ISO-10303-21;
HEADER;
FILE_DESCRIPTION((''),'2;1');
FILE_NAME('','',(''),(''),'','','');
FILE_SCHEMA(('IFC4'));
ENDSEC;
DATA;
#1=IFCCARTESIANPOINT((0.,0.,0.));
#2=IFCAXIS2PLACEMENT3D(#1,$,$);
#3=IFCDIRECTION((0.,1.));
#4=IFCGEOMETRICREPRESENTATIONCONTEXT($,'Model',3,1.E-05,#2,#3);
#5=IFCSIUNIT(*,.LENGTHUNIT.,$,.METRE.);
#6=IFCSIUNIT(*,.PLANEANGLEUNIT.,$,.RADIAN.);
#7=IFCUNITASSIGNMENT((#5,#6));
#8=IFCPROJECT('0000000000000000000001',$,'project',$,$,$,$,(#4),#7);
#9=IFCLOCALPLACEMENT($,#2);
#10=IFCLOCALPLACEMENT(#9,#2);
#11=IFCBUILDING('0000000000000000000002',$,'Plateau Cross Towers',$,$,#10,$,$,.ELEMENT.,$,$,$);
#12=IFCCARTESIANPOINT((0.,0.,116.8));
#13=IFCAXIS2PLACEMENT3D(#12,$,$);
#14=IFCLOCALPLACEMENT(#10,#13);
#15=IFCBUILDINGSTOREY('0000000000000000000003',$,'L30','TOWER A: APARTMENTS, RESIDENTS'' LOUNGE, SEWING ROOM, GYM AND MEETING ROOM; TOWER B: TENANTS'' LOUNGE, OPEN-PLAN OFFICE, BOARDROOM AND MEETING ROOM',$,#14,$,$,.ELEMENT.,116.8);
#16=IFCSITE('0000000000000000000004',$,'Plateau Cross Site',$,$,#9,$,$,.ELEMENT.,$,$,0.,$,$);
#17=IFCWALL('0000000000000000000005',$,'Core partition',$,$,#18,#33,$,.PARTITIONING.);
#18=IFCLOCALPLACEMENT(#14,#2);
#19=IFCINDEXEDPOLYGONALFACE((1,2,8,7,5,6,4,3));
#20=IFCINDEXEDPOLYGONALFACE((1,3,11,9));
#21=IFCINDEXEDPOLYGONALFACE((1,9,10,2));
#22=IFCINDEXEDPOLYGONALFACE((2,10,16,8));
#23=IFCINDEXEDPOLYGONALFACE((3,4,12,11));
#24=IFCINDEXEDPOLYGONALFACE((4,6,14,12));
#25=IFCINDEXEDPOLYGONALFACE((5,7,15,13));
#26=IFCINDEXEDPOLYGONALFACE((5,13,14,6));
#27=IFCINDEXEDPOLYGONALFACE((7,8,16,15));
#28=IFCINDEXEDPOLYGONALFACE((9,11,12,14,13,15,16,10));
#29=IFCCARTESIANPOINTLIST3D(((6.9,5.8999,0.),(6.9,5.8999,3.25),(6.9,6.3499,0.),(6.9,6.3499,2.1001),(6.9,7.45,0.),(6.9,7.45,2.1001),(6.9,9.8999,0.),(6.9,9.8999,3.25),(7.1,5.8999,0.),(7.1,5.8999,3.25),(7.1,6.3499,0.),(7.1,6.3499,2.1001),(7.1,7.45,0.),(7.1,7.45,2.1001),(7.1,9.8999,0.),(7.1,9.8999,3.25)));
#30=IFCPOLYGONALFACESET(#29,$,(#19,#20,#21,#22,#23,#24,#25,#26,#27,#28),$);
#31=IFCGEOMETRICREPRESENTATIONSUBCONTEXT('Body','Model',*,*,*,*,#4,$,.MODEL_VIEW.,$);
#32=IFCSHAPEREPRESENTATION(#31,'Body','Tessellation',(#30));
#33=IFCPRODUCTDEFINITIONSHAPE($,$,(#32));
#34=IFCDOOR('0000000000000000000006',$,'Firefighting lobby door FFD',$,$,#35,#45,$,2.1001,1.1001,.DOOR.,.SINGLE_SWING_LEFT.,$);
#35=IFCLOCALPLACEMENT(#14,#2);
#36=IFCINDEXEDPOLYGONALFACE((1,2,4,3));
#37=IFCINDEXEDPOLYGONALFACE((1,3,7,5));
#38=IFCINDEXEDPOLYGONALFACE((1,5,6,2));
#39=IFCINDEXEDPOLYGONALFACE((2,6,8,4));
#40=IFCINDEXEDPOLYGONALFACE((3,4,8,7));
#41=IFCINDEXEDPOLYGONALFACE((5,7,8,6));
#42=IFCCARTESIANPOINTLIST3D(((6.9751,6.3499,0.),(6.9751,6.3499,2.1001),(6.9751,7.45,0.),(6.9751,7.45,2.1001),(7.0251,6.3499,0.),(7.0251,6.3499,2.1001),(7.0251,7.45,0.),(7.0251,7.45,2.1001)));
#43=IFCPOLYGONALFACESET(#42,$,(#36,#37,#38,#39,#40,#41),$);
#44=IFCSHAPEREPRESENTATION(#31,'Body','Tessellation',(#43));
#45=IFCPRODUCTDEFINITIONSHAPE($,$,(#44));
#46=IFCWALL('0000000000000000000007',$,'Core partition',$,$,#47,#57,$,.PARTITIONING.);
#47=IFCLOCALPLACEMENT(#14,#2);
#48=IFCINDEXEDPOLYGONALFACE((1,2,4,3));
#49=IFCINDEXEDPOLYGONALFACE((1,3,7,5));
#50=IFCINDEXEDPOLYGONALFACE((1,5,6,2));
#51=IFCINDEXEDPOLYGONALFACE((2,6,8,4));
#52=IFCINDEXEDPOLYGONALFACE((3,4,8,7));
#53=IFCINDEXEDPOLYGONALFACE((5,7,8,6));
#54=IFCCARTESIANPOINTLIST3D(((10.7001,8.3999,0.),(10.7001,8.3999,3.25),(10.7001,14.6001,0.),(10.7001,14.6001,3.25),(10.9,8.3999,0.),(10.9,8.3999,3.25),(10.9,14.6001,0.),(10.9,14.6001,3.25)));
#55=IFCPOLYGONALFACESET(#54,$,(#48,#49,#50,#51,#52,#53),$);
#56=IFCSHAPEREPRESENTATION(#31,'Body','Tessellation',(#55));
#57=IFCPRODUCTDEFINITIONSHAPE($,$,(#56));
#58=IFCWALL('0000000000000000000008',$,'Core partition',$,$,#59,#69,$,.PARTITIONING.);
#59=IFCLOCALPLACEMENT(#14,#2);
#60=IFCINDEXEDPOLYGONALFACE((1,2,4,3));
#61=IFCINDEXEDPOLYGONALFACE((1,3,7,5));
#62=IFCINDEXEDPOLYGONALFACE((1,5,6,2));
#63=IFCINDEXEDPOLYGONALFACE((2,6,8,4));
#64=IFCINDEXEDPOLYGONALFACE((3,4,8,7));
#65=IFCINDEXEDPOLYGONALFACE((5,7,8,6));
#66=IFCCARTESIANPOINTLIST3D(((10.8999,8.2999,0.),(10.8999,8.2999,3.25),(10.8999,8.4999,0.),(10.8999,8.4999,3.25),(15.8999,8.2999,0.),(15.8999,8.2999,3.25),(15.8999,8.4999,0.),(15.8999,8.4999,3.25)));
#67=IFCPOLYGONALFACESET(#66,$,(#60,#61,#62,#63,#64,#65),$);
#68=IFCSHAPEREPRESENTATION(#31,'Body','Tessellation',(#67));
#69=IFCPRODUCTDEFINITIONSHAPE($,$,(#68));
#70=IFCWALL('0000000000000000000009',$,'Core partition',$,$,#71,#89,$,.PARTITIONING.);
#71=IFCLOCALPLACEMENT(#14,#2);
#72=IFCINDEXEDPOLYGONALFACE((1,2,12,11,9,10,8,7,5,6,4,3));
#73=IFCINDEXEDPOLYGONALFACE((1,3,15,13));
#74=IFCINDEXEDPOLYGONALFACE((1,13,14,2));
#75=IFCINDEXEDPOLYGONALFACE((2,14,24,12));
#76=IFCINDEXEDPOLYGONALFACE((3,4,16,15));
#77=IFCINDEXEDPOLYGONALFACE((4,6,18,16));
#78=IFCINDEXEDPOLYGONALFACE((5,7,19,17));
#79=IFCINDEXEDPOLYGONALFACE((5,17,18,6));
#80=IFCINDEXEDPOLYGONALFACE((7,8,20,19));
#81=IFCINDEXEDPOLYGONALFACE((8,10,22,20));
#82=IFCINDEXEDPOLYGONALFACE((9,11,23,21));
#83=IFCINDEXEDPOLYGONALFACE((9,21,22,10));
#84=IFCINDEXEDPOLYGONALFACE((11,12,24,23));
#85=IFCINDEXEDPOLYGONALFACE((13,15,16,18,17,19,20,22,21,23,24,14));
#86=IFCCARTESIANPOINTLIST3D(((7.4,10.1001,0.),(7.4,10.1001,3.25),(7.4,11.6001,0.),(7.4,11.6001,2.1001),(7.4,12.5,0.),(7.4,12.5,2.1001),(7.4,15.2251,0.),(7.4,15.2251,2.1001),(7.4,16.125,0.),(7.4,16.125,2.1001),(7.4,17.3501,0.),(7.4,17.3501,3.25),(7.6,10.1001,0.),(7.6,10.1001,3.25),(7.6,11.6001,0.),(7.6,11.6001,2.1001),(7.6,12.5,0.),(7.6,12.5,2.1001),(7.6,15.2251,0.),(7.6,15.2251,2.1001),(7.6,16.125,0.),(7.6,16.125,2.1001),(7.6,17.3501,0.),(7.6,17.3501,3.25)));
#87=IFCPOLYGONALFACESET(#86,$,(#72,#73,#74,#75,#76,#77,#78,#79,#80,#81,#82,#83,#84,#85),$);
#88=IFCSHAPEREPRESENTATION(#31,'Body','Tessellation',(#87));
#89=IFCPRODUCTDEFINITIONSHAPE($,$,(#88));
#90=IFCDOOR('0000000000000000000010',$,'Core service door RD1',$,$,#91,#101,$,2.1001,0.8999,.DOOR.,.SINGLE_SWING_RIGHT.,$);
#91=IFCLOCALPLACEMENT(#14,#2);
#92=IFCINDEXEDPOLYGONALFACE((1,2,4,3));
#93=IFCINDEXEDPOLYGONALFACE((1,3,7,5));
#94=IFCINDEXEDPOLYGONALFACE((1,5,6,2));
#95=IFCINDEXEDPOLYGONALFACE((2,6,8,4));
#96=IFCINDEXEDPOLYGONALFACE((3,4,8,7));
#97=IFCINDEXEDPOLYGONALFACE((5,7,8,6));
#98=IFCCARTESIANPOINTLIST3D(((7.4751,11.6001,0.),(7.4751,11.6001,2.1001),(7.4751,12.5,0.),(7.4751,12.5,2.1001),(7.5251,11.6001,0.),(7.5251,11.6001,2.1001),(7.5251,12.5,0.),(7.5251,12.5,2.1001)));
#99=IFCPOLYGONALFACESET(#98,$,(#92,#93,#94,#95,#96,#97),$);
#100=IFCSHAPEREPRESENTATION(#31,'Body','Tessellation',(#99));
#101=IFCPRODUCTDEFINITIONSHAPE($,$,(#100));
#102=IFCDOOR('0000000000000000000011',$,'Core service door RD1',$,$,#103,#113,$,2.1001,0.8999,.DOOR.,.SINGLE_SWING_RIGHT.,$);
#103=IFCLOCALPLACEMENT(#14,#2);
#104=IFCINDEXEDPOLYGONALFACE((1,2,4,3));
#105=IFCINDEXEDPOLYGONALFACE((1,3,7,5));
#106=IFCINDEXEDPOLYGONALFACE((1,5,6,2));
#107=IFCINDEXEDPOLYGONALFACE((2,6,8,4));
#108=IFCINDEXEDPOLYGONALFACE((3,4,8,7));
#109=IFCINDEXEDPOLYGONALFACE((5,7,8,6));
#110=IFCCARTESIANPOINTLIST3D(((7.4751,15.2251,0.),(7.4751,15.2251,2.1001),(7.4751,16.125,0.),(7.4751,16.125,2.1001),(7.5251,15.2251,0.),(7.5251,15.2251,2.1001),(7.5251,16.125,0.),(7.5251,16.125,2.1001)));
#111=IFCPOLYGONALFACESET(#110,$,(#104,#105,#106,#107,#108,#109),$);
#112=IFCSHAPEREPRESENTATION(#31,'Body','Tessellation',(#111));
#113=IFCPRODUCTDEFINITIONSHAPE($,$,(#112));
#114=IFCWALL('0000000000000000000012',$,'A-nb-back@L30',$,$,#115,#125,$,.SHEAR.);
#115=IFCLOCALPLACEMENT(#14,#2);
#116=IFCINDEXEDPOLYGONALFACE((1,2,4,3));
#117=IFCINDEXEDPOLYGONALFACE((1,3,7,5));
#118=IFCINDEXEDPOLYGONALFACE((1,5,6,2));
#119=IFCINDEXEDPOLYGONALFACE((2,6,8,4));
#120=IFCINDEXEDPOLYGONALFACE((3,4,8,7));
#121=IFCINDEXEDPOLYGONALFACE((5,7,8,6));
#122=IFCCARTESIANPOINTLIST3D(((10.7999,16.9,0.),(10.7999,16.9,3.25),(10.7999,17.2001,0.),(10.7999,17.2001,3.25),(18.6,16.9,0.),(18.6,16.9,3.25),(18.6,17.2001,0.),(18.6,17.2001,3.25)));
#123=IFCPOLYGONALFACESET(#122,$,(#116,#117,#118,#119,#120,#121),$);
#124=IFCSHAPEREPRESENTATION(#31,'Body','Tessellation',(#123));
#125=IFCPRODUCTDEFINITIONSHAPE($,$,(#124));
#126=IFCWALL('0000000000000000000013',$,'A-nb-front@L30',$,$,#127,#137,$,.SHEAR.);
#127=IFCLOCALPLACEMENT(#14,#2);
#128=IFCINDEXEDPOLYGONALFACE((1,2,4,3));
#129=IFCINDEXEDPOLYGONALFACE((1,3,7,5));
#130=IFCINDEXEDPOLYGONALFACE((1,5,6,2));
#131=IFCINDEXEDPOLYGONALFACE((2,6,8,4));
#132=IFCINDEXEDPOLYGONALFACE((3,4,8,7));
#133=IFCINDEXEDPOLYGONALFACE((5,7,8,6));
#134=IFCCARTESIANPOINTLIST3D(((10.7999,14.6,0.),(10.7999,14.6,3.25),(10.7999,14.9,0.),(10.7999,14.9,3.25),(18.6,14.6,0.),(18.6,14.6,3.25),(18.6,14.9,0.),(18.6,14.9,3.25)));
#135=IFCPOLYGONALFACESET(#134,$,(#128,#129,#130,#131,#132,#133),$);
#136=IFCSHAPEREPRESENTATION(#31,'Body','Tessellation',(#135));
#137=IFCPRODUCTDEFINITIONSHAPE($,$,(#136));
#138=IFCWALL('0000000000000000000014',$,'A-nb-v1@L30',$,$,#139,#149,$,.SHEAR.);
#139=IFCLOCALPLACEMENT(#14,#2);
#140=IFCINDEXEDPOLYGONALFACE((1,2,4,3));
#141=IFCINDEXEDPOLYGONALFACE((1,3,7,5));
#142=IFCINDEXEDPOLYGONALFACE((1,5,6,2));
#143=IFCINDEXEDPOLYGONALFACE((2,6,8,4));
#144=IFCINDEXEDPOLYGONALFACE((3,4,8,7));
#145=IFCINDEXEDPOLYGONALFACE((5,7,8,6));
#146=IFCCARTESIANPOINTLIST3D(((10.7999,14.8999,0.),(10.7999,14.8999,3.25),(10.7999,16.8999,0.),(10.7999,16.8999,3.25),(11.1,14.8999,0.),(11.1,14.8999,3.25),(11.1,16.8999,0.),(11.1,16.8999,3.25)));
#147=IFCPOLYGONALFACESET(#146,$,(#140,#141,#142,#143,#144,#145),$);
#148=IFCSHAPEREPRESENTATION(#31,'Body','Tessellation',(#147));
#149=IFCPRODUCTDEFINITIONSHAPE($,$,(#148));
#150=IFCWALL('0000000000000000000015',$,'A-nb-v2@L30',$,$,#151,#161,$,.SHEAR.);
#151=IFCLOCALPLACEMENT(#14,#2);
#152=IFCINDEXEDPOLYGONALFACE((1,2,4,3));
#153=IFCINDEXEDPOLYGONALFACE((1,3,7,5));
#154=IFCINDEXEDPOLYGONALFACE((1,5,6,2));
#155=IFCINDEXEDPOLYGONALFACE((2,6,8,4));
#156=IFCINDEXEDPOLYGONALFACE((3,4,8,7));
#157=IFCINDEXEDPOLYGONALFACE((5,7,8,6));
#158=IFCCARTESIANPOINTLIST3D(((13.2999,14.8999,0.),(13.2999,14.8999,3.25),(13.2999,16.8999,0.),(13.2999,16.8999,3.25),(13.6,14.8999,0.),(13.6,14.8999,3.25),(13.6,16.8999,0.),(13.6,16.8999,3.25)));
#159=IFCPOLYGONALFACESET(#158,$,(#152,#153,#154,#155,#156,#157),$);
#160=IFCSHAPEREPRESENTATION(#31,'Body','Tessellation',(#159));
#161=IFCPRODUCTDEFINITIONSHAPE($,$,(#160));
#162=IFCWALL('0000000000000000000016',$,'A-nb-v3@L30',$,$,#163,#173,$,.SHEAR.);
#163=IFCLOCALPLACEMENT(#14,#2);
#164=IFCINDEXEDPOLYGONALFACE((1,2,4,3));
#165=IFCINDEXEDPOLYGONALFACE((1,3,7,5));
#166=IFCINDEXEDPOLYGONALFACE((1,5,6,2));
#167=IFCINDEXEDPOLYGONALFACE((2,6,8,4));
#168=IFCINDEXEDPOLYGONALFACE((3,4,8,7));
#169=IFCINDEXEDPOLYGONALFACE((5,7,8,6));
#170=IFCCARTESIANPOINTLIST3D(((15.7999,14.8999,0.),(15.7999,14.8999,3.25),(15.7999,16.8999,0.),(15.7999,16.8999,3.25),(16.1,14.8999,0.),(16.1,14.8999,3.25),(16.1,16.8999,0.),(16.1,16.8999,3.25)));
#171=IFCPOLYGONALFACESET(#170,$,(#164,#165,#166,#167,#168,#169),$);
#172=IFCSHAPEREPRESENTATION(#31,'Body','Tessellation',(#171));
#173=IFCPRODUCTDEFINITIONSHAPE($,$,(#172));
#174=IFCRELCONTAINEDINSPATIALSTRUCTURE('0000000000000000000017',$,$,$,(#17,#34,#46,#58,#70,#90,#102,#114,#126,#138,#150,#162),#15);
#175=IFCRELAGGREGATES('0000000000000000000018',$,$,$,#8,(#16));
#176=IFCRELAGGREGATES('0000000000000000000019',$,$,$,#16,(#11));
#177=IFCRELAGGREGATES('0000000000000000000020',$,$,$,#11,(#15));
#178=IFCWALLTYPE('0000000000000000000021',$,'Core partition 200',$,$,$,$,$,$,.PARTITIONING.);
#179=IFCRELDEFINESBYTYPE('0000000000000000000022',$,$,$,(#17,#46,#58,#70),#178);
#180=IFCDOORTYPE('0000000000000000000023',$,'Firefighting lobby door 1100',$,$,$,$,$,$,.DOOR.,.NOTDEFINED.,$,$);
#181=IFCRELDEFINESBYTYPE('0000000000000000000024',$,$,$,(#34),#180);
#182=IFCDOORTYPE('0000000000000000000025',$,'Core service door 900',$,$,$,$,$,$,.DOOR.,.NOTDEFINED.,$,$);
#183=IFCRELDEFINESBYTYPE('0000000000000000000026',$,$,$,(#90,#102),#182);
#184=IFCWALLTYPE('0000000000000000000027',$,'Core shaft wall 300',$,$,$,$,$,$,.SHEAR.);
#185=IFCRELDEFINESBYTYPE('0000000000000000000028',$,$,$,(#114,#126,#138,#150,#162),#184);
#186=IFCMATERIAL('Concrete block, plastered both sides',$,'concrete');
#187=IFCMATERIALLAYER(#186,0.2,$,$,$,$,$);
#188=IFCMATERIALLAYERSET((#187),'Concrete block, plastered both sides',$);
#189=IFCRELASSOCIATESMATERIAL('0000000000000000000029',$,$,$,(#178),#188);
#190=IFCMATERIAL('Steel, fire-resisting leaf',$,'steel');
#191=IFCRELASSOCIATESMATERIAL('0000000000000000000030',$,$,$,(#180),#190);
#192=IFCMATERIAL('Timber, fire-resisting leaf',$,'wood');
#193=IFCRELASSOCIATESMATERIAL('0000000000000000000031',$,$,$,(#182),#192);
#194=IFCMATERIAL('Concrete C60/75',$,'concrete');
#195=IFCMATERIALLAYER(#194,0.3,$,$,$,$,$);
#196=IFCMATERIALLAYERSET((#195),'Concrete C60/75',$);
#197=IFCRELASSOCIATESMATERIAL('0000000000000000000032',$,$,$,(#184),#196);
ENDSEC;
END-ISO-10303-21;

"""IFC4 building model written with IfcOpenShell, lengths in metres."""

from ifc_helpers import new_model, si_unit, direction, frame, frame_2d, origin, place, context, subcontext, project, spatial, rectangle, extrude, material, layer, layer_set, type_object, element, fill, save


model = new_model("IFC4")

# Units and contexts
model_context = context("Model", 3, precision=1e-05, world=origin(), true_north=direction((0.0, 1.0)))
body_context = subcontext(model_context, "Body", "Model", "MODEL_VIEW")
ifc_project = project(units=[si_unit("LENGTHUNIT", "METRE"), si_unit("PLANEANGLEUNIT", "RADIAN")], contexts=[model_context])

# Site, building, storey
site_placement = place(None, origin())
site = spatial("IfcSite", under=ifc_project, at=site_placement, Name="Plateau Cross Site", CompositionType="ELEMENT", RefElevation=0.0)
building_placement = place(site_placement, origin())
building = spatial("IfcBuilding", under=site, at=building_placement, Name="Plateau Cross Towers", CompositionType="ELEMENT")
storey_placement = place(building_placement, frame((0.0, 0.0, 116.8)))
storey = spatial("IfcBuildingStorey", under=building, at=storey_placement, Name="L30", Description="TOWER A: APARTMENTS, RESIDENTS' LOUNGE, SEWING ROOM, GYM AND MEETING ROOM; TOWER B: TENANTS' LOUNGE, OPEN-PLAN OFFICE, BOARDROOM AND MEETING ROOM", CompositionType="ELEMENT", Elevation=116.8)

# Wall, opening, door
ifc_material_1 = material(Name="Concrete block, plastered both sides", Category="concrete")
ifc_layer_1 = layer(ifc_material_1, 0.2)
ifc_layer_set_1 = layer_set([ifc_layer_1], Name="Concrete block, plastered both sides")
wall_type_1 = type_object("IfcWallType", Name="Core partition 200", PredefinedType="PARTITIONING", material=ifc_layer_set_1)
wall_1_placement = place(storey_placement, frame((7.0, 5.8999, 0.0), z_axis=(0.0, 0.0, 1.0), x_axis=(0.0, 1.0, 0.0)))
wall_1 = element("IfcWall", 1, at=wall_1_placement, inside=storey, type_object=wall_type_1, Name="Core partition", PredefinedType="PARTITIONING", context=body_context, shape_type="SweptSolid", body=[
    extrude(rectangle(XDim=4.0, YDim=0.2, at=frame_2d((2.0, 0.0))), origin(), (0.0, 0.0, 1.0), 3.25),
])
opening_1_placement = place(wall_1_placement, frame((0.45, 0.0, 0.0)))
opening_1 = element("IfcOpeningElement", 2, at=opening_1_placement, cuts=wall_1, PredefinedType="OPENING", context=body_context, shape_type="SweptSolid", body=[
    extrude(rectangle(XDim=1.1001, YDim=2.1001, at=frame_2d((0.55, 1.05))), frame((0.0, 0.1099, 0.0), z_axis=(0.0, -1.0, 0.0), x_axis=(1.0, 0.0, 0.0)), (0.0, 0.0, 1.0), 0.22),
])
ifc_material_2 = material(Name="Steel, fire-resisting leaf", Category="steel")
door_type_1 = type_object("IfcDoorType", Name="Firefighting lobby door 1100", OperationType="NOTDEFINED", PredefinedType="DOOR", material=ifc_material_2)
door_1_placement = place(opening_1_placement, origin())
door_1 = element("IfcDoor", 3, at=door_1_placement, inside=storey, type_object=door_type_1, Name="Firefighting lobby door FFD", OperationType="SINGLE_SWING_LEFT", OverallHeight=2.1001, OverallWidth=1.1001, PredefinedType="DOOR", context=body_context, shape_type="SweptSolid", body=[
    extrude(rectangle(XDim=1.1001, YDim=2.1001, at=frame_2d((0.55, 1.05))), frame((0.0, 0.0249, 0.0), z_axis=(0.0, -1.0, 0.0), x_axis=(1.0, 0.0, 0.0)), (0.0, 0.0, 1.0), 0.05),
])
fill(opening_1, door_1)

# Walls
wall_2_placement = place(storey_placement, frame((10.8, 8.3999, 0.0), z_axis=(0.0, 0.0, 1.0), x_axis=(0.0, 1.0, 0.0)))
element("IfcWall", 4, at=wall_2_placement, inside=storey, type_object=wall_type_1, Name="Core partition", PredefinedType="PARTITIONING", context=body_context, shape_type="SweptSolid", body=[
    extrude(rectangle(XDim=6.2002, YDim=0.2, at=frame_2d((3.1001, 0.0))), origin(), (0.0, 0.0, 1.0), 3.25),
])
wall_3_placement = place(storey_placement, frame((10.8999, 8.3999, 0.0), z_axis=(0.0, 0.0, 1.0), x_axis=(1.0, 0.0, 0.0)))
element("IfcWall", 5, at=wall_3_placement, inside=storey, type_object=wall_type_1, Name="Core partition", PredefinedType="PARTITIONING", context=body_context, shape_type="SweptSolid", body=[
    extrude(rectangle(XDim=5.0, YDim=0.2, at=frame_2d((2.5, 0.0))), origin(), (0.0, 0.0, 1.0), 3.25),
])

# Wall, openings, doors
wall_4_placement = place(storey_placement, frame((7.5, 10.1001, 0.0), z_axis=(0.0, 0.0, 1.0), x_axis=(0.0, 1.0, 0.0)))
wall_4 = element("IfcWall", 6, at=wall_4_placement, inside=storey, type_object=wall_type_1, Name="Core partition", PredefinedType="PARTITIONING", context=body_context, shape_type="SweptSolid", body=[
    extrude(rectangle(XDim=7.25, YDim=0.2, at=frame_2d((3.625, 0.0))), origin(), (0.0, 0.0, 1.0), 3.25),
])
opening_2_placement = place(wall_4_placement, frame((1.5, 0.0, 0.0)))
opening_2 = element("IfcOpeningElement", 7, at=opening_2_placement, cuts=wall_4, PredefinedType="OPENING", context=body_context, shape_type="SweptSolid", body=[
    extrude(rectangle(XDim=0.8999, YDim=2.1001, at=frame_2d((0.45, 1.05))), frame((0.0, 0.1099, 0.0), z_axis=(0.0, -1.0, 0.0), x_axis=(1.0, 0.0, 0.0)), (0.0, 0.0, 1.0), 0.22),
])
opening_3_placement = place(wall_4_placement, frame((5.125, 0.0, 0.0)))
opening_3 = element("IfcOpeningElement", 8, at=opening_3_placement, cuts=wall_4, PredefinedType="OPENING", context=body_context, shape_type="SweptSolid", body=[
    extrude(rectangle(XDim=0.8999, YDim=2.1001, at=frame_2d((0.45, 1.05))), frame((0.0, 0.1099, 0.0), z_axis=(0.0, -1.0, 0.0), x_axis=(1.0, 0.0, 0.0)), (0.0, 0.0, 1.0), 0.22),
])
ifc_material_3 = material(Name="Timber, fire-resisting leaf", Category="wood")
door_type_2 = type_object("IfcDoorType", Name="Core service door 900", OperationType="NOTDEFINED", PredefinedType="DOOR", material=ifc_material_3)
door_2_placement = place(opening_2_placement, origin())
door_2 = element("IfcDoor", 9, at=door_2_placement, inside=storey, type_object=door_type_2, Name="Core service door RD1", OperationType="SINGLE_SWING_RIGHT", OverallHeight=2.1001, OverallWidth=0.8999, PredefinedType="DOOR", context=body_context, shape_type="SweptSolid", body=[
    extrude(rectangle(XDim=0.8999, YDim=2.1001, at=frame_2d((0.45, 1.05))), frame((0.0, 0.0249, 0.0), z_axis=(0.0, -1.0, 0.0), x_axis=(1.0, 0.0, 0.0)), (0.0, 0.0, 1.0), 0.05),
])
fill(opening_2, door_2)
door_3_placement = place(opening_3_placement, origin())
door_3 = element("IfcDoor", 10, at=door_3_placement, inside=storey, type_object=door_type_2, Name="Core service door RD1", OperationType="SINGLE_SWING_RIGHT", OverallHeight=2.1001, OverallWidth=0.8999, PredefinedType="DOOR", context=body_context, shape_type="SweptSolid", body=[
    extrude(rectangle(XDim=0.8999, YDim=2.1001, at=frame_2d((0.45, 1.05))), frame((0.0, 0.0249, 0.0), z_axis=(0.0, -1.0, 0.0), x_axis=(1.0, 0.0, 0.0)), (0.0, 0.0, 1.0), 0.05),
])
fill(opening_3, door_3)

# Walls
ifc_material_4 = material(Name="Concrete C60/75", Category="concrete")
ifc_layer_2 = layer(ifc_material_4, 0.3)
ifc_layer_set_2 = layer_set([ifc_layer_2], Name="Concrete C60/75")
wall_type_2 = type_object("IfcWallType", Name="Core shaft wall 300", PredefinedType="SHEAR", material=ifc_layer_set_2)
for number, where, z_axis, x_axis, name in (
    (11, (10.8, 17.05, 0.0), (0.0, 0.0, 1.0), (1.0, 0.0, 0.0), "A-nb-back@L30"),
    (12, (10.8, 14.75, 0.0), (0.0, 0.0, 1.0), (1.0, 0.0, 0.0), "A-nb-front@L30"),
):
    element("IfcWall", number, at=place(storey_placement, frame(where, z_axis=z_axis, x_axis=x_axis)), inside=storey, type_object=wall_type_2, Name=name, PredefinedType="SHEAR", context=body_context, shape_type="SweptSolid", body=[
        extrude(rectangle(XDim=7.8, YDim=0.3, at=frame_2d((3.8999, 0.0))), origin(), (0.0, 0.0, 1.0), 3.25),
    ])
for number, where, z_axis, x_axis, name in (
    (13, (10.95, 14.8999, 0.0), (0.0, 0.0, 1.0), (0.0, 1.0, 0.0), "A-nb-v1@L30"),
    (14, (13.45, 14.8999, 0.0), (0.0, 0.0, 1.0), (0.0, 1.0, 0.0), "A-nb-v2@L30"),
    (15, (15.95, 14.8999, 0.0), (0.0, 0.0, 1.0), (0.0, 1.0, 0.0), "A-nb-v3@L30"),
):
    element("IfcWall", number, at=place(storey_placement, frame(where, z_axis=z_axis, x_axis=x_axis)), inside=storey, type_object=wall_type_2, Name=name, PredefinedType="SHEAR", context=body_context, shape_type="SweptSolid", body=[
        extrude(rectangle(XDim=2.0, YDim=0.3, at=frame_2d((1.0, 0.0))), origin(), (0.0, 0.0, 1.0), 3.25),
    ])

save(model, "model.ifc")
